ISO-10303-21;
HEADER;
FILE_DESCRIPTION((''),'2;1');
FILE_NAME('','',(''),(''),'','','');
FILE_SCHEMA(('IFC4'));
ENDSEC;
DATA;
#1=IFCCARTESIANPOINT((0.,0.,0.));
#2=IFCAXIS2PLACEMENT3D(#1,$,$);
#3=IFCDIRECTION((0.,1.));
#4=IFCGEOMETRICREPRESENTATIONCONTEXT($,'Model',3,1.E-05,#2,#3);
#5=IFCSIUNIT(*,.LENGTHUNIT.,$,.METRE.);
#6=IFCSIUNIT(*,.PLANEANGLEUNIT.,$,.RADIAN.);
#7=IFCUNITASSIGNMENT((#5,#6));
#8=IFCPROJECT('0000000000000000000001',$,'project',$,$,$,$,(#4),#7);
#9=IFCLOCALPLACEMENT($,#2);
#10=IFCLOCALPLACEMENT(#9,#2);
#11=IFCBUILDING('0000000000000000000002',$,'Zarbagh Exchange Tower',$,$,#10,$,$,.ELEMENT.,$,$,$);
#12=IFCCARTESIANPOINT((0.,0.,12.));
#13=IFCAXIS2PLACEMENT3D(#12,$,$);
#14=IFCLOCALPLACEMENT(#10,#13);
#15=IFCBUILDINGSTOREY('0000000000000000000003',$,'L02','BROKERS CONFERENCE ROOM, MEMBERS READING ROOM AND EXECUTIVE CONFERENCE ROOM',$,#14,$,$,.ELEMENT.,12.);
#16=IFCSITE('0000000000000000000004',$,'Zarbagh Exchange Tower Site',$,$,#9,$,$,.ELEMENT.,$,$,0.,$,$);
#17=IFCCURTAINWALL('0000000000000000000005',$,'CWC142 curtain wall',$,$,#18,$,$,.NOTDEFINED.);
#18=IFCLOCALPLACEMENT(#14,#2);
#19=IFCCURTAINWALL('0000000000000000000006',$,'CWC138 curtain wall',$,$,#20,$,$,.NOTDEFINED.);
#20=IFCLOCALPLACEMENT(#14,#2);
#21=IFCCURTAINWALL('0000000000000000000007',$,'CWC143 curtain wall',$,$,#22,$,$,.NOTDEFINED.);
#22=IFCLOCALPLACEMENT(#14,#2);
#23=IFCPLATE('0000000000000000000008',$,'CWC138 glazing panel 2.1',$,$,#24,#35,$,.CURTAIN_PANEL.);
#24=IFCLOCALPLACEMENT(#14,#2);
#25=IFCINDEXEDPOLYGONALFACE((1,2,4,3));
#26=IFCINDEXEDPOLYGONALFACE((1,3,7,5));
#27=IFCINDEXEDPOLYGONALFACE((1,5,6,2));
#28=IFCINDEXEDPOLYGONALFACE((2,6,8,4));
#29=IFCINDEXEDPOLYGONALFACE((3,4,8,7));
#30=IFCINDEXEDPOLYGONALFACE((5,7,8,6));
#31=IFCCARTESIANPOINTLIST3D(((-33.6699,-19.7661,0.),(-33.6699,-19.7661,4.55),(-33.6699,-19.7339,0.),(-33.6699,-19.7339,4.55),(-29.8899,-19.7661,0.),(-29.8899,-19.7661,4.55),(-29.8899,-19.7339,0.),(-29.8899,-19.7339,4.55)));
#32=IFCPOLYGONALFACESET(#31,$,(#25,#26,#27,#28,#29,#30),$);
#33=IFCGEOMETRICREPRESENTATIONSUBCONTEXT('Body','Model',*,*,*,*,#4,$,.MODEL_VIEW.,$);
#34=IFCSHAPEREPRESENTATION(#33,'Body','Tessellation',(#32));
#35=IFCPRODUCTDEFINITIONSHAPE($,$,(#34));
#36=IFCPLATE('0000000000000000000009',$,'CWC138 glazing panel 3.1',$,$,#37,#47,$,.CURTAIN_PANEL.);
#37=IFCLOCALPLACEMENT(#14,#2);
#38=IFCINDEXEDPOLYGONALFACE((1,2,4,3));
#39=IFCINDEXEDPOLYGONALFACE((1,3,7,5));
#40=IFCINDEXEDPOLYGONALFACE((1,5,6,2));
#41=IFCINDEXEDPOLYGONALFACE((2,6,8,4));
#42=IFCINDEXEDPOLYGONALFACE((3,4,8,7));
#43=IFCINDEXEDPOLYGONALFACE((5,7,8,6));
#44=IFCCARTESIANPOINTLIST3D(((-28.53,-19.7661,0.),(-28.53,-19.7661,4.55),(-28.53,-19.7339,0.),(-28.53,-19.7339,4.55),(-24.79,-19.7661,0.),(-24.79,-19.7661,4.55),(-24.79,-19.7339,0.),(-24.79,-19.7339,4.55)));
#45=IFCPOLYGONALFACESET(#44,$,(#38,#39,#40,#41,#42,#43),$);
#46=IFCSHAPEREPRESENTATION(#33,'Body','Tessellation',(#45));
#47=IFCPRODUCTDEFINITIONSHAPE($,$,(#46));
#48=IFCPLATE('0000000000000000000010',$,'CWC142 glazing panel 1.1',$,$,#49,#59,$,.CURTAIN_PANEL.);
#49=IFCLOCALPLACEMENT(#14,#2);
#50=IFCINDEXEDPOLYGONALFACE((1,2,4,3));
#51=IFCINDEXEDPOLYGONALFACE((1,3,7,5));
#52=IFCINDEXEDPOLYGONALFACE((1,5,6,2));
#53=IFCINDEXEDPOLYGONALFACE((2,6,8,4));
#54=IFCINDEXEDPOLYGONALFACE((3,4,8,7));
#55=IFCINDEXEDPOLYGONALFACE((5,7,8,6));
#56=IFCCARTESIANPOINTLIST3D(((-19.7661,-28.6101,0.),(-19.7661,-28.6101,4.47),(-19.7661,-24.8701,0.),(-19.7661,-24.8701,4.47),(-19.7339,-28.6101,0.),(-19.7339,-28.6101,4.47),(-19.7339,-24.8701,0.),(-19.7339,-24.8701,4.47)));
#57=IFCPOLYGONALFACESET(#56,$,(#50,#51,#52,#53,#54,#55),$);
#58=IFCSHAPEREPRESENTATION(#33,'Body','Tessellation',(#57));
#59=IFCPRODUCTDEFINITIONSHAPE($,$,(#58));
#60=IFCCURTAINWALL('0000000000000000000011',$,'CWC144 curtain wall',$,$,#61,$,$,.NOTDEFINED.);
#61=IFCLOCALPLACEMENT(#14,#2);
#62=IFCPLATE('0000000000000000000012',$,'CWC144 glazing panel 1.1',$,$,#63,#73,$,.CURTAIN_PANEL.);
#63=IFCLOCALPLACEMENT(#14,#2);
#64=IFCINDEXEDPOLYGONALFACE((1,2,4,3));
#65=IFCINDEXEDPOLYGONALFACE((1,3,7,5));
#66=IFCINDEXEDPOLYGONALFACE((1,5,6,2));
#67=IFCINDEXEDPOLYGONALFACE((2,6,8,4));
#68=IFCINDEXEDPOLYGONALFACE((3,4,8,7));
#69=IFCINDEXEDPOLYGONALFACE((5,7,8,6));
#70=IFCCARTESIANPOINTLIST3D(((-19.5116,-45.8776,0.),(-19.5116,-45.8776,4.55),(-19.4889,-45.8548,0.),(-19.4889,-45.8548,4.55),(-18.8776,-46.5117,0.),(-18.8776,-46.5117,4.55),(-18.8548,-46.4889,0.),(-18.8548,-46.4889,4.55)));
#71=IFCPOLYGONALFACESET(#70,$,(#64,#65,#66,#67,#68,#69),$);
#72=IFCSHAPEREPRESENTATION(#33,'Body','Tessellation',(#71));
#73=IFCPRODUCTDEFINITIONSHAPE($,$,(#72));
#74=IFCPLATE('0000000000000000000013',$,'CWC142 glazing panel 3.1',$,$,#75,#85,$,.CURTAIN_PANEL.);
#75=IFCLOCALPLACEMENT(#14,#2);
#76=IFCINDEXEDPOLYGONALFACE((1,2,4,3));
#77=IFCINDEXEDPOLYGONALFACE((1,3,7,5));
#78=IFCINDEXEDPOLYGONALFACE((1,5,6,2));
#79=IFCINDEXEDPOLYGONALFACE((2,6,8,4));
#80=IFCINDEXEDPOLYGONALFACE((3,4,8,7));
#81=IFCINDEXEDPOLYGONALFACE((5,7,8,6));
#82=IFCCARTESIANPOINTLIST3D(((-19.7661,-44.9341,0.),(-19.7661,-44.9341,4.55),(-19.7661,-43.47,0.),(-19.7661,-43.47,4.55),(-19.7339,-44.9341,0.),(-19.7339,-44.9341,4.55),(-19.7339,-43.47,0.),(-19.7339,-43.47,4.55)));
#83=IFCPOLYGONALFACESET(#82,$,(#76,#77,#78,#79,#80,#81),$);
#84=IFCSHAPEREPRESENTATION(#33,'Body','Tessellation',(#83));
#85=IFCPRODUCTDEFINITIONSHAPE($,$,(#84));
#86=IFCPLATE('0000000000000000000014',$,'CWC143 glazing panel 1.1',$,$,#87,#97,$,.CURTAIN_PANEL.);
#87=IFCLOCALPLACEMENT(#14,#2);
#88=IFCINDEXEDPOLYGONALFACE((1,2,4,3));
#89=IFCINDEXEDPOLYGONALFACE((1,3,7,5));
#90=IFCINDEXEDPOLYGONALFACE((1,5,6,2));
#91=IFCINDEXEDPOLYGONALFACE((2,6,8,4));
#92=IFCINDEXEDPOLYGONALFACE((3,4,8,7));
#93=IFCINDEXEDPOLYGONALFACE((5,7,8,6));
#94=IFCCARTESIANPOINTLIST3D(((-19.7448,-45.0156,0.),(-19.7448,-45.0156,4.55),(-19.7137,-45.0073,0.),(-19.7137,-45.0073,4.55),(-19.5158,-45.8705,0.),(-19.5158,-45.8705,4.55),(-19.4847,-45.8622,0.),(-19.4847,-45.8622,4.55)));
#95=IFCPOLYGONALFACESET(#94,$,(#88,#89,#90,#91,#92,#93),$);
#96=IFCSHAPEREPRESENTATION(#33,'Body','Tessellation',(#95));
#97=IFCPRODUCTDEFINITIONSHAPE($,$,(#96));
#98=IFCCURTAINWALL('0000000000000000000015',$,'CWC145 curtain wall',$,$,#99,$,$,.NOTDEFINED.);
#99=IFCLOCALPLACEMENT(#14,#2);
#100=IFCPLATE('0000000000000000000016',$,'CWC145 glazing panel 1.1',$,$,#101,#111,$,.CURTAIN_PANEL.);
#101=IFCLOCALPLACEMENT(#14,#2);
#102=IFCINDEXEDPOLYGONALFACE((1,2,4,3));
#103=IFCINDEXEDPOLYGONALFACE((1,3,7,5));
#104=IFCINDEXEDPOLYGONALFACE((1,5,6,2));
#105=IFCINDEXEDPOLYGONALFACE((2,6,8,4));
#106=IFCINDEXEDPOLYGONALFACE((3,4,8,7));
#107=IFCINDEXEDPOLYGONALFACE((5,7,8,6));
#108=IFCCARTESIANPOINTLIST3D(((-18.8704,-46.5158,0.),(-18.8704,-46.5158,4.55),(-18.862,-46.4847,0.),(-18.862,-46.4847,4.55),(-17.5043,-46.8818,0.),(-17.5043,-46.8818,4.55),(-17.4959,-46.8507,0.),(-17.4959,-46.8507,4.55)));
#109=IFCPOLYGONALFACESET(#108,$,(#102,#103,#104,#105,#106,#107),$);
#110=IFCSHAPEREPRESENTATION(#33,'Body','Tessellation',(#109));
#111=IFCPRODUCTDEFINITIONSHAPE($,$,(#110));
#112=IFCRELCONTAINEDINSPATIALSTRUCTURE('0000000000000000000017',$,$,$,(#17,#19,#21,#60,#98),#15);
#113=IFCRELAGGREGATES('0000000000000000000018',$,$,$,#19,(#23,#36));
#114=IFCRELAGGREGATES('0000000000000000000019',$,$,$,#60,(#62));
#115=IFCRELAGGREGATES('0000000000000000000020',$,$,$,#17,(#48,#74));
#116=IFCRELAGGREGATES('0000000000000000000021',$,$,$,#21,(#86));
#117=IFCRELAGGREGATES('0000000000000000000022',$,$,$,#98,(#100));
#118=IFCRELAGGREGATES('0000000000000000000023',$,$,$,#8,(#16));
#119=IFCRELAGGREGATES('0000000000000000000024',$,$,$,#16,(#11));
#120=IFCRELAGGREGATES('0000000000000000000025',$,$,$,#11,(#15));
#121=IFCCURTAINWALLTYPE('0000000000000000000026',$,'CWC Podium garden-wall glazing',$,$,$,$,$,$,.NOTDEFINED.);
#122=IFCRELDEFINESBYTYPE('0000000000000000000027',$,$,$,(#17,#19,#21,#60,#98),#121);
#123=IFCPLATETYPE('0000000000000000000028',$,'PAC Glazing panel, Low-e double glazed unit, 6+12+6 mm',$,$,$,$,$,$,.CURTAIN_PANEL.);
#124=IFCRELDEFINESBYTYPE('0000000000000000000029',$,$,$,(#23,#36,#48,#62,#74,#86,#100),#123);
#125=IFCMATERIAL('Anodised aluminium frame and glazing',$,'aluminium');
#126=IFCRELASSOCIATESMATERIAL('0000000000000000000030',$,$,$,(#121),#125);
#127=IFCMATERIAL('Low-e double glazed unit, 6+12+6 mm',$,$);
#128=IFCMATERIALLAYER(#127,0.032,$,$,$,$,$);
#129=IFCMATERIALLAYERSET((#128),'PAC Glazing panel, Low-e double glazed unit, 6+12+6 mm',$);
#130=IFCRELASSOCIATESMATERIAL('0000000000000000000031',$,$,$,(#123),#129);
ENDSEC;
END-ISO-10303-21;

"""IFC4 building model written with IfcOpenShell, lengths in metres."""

from ifc_helpers import new_model, si_unit, direction, frame, origin, place, context, subcontext, project, spatial, polyline, outline, extrude, source, transform, mapped, material, layer, layer_set, type_object, element, aggregate, save


model = new_model("IFC4")

# Units and contexts
model_context = context("Model", 3, precision=1e-05, world=origin(), true_north=direction((0.0, 1.0)))
body_context = subcontext(model_context, "Body", "Model", "MODEL_VIEW")
ifc_project = project(units=[si_unit("LENGTHUNIT", "METRE"), si_unit("PLANEANGLEUNIT", "RADIAN")], contexts=[model_context])

# Site, building, storey
site_placement = place(None, origin())
site = spatial("IfcSite", under=ifc_project, at=site_placement, Name="Zarbagh Exchange Tower Site", CompositionType="ELEMENT", RefElevation=0.0)
building_placement = place(site_placement, origin())
building = spatial("IfcBuilding", under=site, at=building_placement, Name="Zarbagh Exchange Tower", CompositionType="ELEMENT")
storey_placement = place(building_placement, frame((0.0, 0.0, 12.0)))
storey = spatial("IfcBuildingStorey", under=building, at=storey_placement, Name="L02", Description="BROKERS CONFERENCE ROOM, MEMBERS READING ROOM AND EXECUTIVE CONFERENCE ROOM", CompositionType="ELEMENT", Elevation=12.0)

# Curtain wall
ifc_material_1 = material(Name="Anodised aluminium frame and glazing", Category="aluminium")
curtain_wall_type_1 = type_object("IfcCurtainWallType", Name="CWC Podium garden-wall glazing", PredefinedType="NOTDEFINED", material=ifc_material_1)
curtain_wall_1_placement = place(storey_placement, origin())
curtain_wall_1 = element("IfcCurtainWall", 1, at=curtain_wall_1_placement, inside=storey, type_object=curtain_wall_type_1, Name="CWC142 curtain wall", PredefinedType="NOTDEFINED")
placement = place(storey_placement, origin())

# Curtain wall
curtain_wall_2_placement = place(storey_placement, origin())
curtain_wall_2 = element("IfcCurtainWall", 2, at=curtain_wall_2_placement, inside=storey, type_object=curtain_wall_type_1, Name="CWC138 curtain wall", PredefinedType="NOTDEFINED")

# Curtain wall
curtain_wall_3_placement = place(storey_placement, origin())
curtain_wall_3 = element("IfcCurtainWall", 3, at=curtain_wall_3_placement, inside=storey, type_object=curtain_wall_type_1, Name="CWC143 curtain wall", PredefinedType="NOTDEFINED")

# Shared definitions
ifc_material_2 = material(Name="Low-e double glazed unit, 6+12+6 mm")
ifc_layer = layer(ifc_material_2, 0.032)
ifc_layer_set = layer_set([ifc_layer], Name="PAC Glazing panel, Low-e double glazed unit, 6+12+6 mm")
plate_type = type_object("IfcPlateType", Name="PAC Glazing panel, Low-e double glazed unit, 6+12+6 mm", PredefinedType="CURTAIN_PANEL", material=ifc_layer_set)

# Plates
shared_shape_1 = source(origin(), body_context, "Body", "SweptSolid", [
    extrude(outline(polyline([(0.0, -0.0161), (3.78, -0.0161), (3.78, 0.0161), (0.0, 0.0161), (0.0, -0.0161)])), origin(), (0.0, 0.0, 1.0), 4.55),
])
plate_1 = element("IfcPlate", 4, at=placement, type_object=plate_type, Name="CWC138 glazing panel 2.1", PredefinedType="CURTAIN_PANEL", context=body_context, shape_type="MappedRepresentation", body=[
    mapped(shared_shape_1, transform((-33.6699, -19.75, 0.0), x_axis=(1.0, 0.0, 0.0), y_axis=(0.0, 1.0, 0.0), z_axis=(0.0, 0.0, 1.0))),
])
shared_shape_2 = source(origin(), body_context, "Body", "SweptSolid", [
    extrude(outline(polyline([(0.0, -0.0161), (3.74, -0.0161), (3.74, 0.0161), (0.0, 0.0161), (0.0, -0.0161)])), origin(), (0.0, 0.0, 1.0), 4.55),
])
plate_2 = element("IfcPlate", 5, at=placement, type_object=plate_type, Name="CWC138 glazing panel 3.1", PredefinedType="CURTAIN_PANEL", context=body_context, shape_type="MappedRepresentation", body=[
    mapped(shared_shape_2, transform((-28.53, -19.75, 0.0), x_axis=(1.0, 0.0, 0.0), y_axis=(0.0, 1.0, 0.0), z_axis=(0.0, 0.0, 1.0))),
])
aggregate(curtain_wall_2, [plate_1, plate_2])
shared_shape_3 = source(origin(), body_context, "Body", "SweptSolid", [
    extrude(outline(polyline([(0.0, -0.0161), (3.74, -0.0161), (3.74, 0.0161), (0.0, 0.0161), (0.0, -0.0161)])), origin(), (0.0, 0.0, 1.0), 4.47),
])
plate_3 = element("IfcPlate", 6, at=placement, type_object=plate_type, Name="CWC142 glazing panel 1.1", PredefinedType="CURTAIN_PANEL", context=body_context, shape_type="MappedRepresentation", body=[
    mapped(shared_shape_3, transform((-19.75, -24.8701, 0.0), x_axis=(0.0, -1.0, 0.0), y_axis=(1.0, 0.0, 0.0), z_axis=(0.0, 0.0, 1.0))),
])

# Curtain wall, plate
curtain_wall_4_placement = place(storey_placement, origin())
curtain_wall_4 = element("IfcCurtainWall", 7, at=curtain_wall_4_placement, inside=storey, type_object=curtain_wall_type_1, Name="CWC144 curtain wall", PredefinedType="NOTDEFINED")
shared_shape_4 = source(origin(), body_context, "Body", "SweptSolid", [
    extrude(outline(polyline([(0.0, -0.0161), (0.8967, -0.0161), (0.8967, 0.0161), (0.0, 0.0161), (0.0, -0.0161)])), origin(), (0.0, 0.0, 1.0), 4.55),
])
plate_4 = element("IfcPlate", 8, at=placement, type_object=plate_type, Name="CWC144 glazing panel 1.1", PredefinedType="CURTAIN_PANEL", context=body_context, shape_type="MappedRepresentation", body=[
    mapped(shared_shape_4, transform((-19.5002, -45.8662, 0.0), x_axis=(0.707107, -0.707107, 0.0), y_axis=(0.707107, 0.707107, 0.0), z_axis=(0.0, 0.0, 1.0))),
])
aggregate(curtain_wall_4, [plate_4])

# Plates
shared_shape_5 = source(origin(), body_context, "Body", "SweptSolid", [
    extrude(outline(polyline([(0.0, -0.0161), (1.4641, -0.0161), (1.4641, 0.0161), (0.0, 0.0161), (0.0, -0.0161)])), origin(), (0.0, 0.0, 1.0), 4.55),
])
plate_5 = element("IfcPlate", 9, at=placement, type_object=plate_type, Name="CWC142 glazing panel 3.1", PredefinedType="CURTAIN_PANEL", context=body_context, shape_type="MappedRepresentation", body=[
    mapped(shared_shape_5, transform((-19.75, -43.47, 0.0), x_axis=(0.0, -1.0, 0.0), y_axis=(1.0, 0.0, 0.0), z_axis=(0.0, 0.0, 1.0))),
])
aggregate(curtain_wall_1, [plate_3, plate_5])
shared_shape_6 = source(origin(), body_context, "Body", "SweptSolid", [
    extrude(outline(polyline([(0.0, -0.0161), (0.885, -0.0161), (0.885, 0.0161), (0.0, 0.0161), (0.0, -0.0161)])), origin(), (0.0, 0.0, 1.0), 4.55),
])
plate_6 = element("IfcPlate", 10, at=placement, type_object=plate_type, Name="CWC143 glazing panel 1.1", PredefinedType="CURTAIN_PANEL", context=body_context, shape_type="MappedRepresentation", body=[
    mapped(shared_shape_6, transform((-19.7292, -45.0115, 0.0), x_axis=(0.258785, -0.965935, 0.0), y_axis=(0.965935, 0.258785, 0.0), z_axis=(0.0, 0.0, 1.0))),
])
aggregate(curtain_wall_3, [plate_6])

# Curtain wall, plate
curtain_wall_5_placement = place(storey_placement, origin())
curtain_wall_5 = element("IfcCurtainWall", 11, at=curtain_wall_5_placement, inside=storey, type_object=curtain_wall_type_1, Name="CWC145 curtain wall", PredefinedType="NOTDEFINED")
shared_shape_7 = source(origin(), body_context, "Body", "SweptSolid", [
    extrude(outline(polyline([(0.0, -0.0161), (1.4143, -0.0161), (1.4143, 0.0161), (0.0, 0.0161), (0.0, -0.0161)])), origin(), (0.0, 0.0, 1.0), 4.55),
])
plate_7 = element("IfcPlate", 12, at=placement, type_object=plate_type, Name="CWC145 glazing panel 1.1", PredefinedType="CURTAIN_PANEL", context=body_context, shape_type="MappedRepresentation", body=[
    mapped(shared_shape_7, transform((-18.8662, -46.5002, 0.0), x_axis=(0.965935, -0.258785, 0.0), y_axis=(0.258785, 0.965935, 0.0), z_axis=(0.0, 0.0, 1.0))),
])
aggregate(curtain_wall_5, [plate_7])

save(model, "model.ifc")
